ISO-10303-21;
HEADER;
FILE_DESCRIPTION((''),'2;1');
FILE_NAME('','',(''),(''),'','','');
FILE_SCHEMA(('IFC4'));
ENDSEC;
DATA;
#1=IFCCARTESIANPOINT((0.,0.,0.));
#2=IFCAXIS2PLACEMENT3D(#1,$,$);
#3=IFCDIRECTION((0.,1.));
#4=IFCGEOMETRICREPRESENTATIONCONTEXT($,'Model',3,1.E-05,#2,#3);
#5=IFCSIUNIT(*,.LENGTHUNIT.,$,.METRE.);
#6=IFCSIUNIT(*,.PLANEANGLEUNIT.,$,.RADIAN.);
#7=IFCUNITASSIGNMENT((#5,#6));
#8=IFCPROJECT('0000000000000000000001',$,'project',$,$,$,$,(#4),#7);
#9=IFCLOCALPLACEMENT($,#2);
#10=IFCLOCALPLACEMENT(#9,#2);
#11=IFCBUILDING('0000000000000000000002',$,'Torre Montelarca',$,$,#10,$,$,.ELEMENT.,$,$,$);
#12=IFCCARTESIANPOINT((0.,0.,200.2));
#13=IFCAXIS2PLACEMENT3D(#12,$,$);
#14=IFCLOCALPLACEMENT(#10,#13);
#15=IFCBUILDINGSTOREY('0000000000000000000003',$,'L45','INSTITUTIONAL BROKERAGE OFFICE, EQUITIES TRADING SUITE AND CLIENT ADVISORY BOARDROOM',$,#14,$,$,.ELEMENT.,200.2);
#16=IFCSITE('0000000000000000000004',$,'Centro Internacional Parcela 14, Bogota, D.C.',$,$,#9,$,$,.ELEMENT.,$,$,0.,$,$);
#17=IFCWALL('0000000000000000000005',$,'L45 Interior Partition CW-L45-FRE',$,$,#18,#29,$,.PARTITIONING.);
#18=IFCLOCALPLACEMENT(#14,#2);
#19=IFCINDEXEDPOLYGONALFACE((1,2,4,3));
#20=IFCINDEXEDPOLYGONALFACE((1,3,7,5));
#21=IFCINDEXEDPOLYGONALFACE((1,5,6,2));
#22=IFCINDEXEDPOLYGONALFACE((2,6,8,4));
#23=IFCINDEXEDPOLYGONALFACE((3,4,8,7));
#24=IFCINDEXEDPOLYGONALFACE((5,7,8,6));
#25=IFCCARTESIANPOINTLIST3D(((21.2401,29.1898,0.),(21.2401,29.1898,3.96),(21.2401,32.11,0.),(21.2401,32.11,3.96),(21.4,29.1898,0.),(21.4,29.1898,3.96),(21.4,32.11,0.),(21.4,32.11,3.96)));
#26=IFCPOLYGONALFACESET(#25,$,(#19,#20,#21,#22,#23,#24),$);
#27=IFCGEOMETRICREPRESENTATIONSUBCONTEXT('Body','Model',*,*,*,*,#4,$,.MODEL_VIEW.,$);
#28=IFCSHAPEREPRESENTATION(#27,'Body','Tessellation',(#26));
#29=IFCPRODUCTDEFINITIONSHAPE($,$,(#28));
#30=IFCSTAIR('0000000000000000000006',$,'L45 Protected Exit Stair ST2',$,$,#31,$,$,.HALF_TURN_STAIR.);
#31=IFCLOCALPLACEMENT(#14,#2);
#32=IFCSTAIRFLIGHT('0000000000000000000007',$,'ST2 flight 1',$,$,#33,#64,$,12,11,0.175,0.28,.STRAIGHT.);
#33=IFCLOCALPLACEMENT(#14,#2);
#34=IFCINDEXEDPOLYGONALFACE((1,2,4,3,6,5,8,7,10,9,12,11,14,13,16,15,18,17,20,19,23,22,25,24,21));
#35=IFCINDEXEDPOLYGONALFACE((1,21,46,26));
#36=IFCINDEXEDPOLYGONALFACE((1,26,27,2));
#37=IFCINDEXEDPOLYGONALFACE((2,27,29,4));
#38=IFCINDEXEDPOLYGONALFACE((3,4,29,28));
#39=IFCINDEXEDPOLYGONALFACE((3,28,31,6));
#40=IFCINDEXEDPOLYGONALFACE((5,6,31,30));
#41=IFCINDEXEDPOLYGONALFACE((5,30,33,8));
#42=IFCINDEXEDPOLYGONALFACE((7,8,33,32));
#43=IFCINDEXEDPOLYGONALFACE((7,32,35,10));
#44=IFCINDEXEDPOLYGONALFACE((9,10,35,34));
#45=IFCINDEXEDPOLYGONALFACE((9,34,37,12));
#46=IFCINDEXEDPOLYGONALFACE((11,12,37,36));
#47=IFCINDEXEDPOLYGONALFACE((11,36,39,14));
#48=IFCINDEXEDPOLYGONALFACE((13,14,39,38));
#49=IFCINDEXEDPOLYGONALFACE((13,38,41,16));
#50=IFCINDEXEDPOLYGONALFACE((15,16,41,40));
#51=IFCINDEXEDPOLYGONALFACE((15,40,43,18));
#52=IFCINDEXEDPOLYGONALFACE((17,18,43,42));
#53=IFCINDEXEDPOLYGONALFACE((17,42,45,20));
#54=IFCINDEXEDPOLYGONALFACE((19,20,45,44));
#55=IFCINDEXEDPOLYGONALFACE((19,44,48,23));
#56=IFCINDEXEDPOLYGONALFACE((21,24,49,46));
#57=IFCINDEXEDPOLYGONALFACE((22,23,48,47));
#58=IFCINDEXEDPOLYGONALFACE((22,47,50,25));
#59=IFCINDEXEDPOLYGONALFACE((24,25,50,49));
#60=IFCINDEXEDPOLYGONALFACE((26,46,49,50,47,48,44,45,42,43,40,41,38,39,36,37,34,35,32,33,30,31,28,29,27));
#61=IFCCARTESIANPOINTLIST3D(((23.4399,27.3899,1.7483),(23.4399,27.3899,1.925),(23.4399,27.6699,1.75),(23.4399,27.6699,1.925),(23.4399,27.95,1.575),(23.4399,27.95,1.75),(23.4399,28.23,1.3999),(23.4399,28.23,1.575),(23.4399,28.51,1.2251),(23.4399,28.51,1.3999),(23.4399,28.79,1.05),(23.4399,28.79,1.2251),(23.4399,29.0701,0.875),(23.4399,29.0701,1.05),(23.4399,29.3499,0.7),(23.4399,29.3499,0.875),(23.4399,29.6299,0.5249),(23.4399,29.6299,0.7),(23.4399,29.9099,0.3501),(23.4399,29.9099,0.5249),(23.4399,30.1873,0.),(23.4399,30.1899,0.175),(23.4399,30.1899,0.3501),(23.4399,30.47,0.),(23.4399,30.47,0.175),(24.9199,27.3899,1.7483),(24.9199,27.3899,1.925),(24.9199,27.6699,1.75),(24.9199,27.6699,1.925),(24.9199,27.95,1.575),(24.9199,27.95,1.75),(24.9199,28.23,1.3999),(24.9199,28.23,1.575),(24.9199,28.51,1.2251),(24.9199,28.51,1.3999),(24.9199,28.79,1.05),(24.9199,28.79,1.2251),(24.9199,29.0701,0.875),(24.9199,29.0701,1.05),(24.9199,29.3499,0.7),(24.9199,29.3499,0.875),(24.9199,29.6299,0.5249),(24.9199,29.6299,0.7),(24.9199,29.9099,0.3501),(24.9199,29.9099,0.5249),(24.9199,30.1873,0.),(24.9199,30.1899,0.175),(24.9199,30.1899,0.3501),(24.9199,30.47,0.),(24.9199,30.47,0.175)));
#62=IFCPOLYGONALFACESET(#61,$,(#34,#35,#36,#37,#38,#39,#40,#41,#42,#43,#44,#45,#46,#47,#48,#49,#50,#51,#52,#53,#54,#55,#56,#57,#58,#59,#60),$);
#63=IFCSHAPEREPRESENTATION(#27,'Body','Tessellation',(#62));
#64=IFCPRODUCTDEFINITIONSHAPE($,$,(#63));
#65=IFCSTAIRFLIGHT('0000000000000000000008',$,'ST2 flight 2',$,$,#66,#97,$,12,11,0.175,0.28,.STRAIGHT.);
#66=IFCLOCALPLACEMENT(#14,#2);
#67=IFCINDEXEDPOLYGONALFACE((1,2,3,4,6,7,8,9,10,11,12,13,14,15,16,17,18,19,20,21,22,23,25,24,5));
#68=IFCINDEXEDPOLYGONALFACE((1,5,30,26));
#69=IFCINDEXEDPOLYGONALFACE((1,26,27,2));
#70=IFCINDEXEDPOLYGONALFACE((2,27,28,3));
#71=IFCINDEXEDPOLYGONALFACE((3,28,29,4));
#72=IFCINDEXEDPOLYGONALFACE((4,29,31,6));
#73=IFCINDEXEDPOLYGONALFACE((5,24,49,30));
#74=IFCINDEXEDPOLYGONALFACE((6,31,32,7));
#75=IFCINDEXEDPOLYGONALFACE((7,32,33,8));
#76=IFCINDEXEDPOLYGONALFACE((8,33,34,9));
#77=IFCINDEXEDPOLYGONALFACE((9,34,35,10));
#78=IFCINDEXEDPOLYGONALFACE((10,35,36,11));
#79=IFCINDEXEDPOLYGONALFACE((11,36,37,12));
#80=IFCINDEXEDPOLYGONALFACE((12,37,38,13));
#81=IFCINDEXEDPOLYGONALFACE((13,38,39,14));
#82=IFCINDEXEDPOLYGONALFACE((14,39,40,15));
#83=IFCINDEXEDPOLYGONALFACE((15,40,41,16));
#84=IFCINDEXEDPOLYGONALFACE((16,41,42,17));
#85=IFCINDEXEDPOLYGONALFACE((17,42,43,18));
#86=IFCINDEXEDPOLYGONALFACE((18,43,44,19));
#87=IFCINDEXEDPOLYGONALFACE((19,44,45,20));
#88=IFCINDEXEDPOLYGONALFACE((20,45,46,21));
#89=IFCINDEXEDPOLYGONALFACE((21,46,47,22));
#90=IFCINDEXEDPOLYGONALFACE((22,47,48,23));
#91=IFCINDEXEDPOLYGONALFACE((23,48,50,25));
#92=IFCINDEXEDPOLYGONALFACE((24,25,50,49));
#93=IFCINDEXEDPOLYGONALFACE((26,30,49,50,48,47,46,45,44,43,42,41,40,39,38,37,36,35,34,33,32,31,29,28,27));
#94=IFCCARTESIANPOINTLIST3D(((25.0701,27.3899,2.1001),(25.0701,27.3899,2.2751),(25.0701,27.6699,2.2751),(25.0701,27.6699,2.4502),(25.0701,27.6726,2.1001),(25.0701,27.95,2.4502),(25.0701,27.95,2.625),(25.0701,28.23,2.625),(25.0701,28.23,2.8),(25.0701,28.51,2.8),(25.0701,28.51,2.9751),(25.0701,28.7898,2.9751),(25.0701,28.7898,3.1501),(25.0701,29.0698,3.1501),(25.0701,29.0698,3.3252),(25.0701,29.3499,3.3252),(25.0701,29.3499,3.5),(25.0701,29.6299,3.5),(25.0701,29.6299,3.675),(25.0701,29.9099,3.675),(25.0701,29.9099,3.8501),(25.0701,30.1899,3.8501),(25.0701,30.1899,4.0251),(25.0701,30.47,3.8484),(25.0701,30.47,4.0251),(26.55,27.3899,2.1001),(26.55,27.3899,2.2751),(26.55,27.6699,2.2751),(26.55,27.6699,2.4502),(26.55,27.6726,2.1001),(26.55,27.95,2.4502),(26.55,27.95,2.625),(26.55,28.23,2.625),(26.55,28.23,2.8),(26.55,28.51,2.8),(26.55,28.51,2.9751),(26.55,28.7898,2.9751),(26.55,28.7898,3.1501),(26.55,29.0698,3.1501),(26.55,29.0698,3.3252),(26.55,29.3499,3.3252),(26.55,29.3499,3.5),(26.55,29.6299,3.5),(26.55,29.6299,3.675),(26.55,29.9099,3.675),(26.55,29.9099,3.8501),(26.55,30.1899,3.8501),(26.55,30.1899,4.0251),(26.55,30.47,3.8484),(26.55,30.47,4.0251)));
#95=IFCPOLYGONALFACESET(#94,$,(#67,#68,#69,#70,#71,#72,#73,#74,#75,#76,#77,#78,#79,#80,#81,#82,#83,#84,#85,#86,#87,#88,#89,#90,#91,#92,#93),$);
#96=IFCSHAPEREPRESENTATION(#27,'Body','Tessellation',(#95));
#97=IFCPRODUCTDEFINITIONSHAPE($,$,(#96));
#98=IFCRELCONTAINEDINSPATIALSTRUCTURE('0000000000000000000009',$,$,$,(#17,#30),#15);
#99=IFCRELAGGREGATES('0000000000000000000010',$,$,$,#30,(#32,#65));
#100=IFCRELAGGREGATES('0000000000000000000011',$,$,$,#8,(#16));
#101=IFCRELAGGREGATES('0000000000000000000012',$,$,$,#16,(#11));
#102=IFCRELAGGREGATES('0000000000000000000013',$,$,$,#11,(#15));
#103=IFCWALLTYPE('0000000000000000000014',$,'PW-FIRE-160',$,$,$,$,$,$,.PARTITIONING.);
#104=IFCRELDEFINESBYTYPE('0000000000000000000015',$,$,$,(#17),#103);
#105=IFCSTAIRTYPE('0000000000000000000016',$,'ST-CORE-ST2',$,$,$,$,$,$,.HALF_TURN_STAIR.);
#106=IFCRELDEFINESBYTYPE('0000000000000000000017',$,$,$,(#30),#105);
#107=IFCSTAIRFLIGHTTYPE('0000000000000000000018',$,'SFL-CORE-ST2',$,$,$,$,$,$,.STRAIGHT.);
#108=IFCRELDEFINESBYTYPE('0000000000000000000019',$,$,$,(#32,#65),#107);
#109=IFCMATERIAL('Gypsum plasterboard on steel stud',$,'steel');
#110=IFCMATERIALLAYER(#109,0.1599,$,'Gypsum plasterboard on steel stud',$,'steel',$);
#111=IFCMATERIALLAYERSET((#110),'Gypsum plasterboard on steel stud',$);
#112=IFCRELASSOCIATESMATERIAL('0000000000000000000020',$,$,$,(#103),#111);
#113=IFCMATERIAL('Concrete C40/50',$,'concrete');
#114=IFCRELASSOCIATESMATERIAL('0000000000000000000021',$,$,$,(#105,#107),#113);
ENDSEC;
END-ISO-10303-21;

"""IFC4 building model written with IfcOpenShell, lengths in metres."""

from ifc_helpers import new_model, si_unit, direction, frame, frame_2d, origin, place, context, subcontext, project, spatial, polyline, rectangle, outline, extrude, material, layer, layer_set, type_object, element, aggregate, save


model = new_model("IFC4")

# Units and contexts
model_context = context("Model", 3, precision=1e-05, world=origin(), true_north=direction((0.0, 1.0)))
body_context = subcontext(model_context, "Body", "Model", "MODEL_VIEW")
ifc_project = project(units=[si_unit("LENGTHUNIT", "METRE"), si_unit("PLANEANGLEUNIT", "RADIAN")], contexts=[model_context])

# Site, building, storey
site_placement = place(None, origin())
site = spatial("IfcSite", under=ifc_project, at=site_placement, Name="Centro Internacional Parcela 14, Bogota, D.C.", CompositionType="ELEMENT", RefElevation=0.0)
building_placement = place(site_placement, origin())
building = spatial("IfcBuilding", under=site, at=building_placement, Name="Torre Montelarca", CompositionType="ELEMENT")
storey_placement = place(building_placement, frame((0.0, 0.0, 200.2)))
storey = spatial("IfcBuildingStorey", under=building, at=storey_placement, Name="L45", Description="INSTITUTIONAL BROKERAGE OFFICE, EQUITIES TRADING SUITE AND CLIENT ADVISORY BOARDROOM", CompositionType="ELEMENT", Elevation=200.2)

# Shared definitions
ifc_material_1 = material(Name="Concrete C40/50", Category="concrete")

# Wall
ifc_material_2 = material(Name="Gypsum plasterboard on steel stud", Category="steel")
ifc_layer_1 = layer(ifc_material_2, 0.1599, Name="Gypsum plasterboard on steel stud", Category="steel")
ifc_layer_set_1 = layer_set([ifc_layer_1], Name="Gypsum plasterboard on steel stud")
wall_type_1 = type_object("IfcWallType", Name="PW-FIRE-160", PredefinedType="PARTITIONING", material=ifc_layer_set_1)
wall_1_placement = place(storey_placement, frame((21.3201, 29.1899, 0.0), z_axis=(0.0, 0.0, 1.0), x_axis=(0.0, 1.0, 0.0)))
element("IfcWall", 1, at=wall_1_placement, inside=storey, type_object=wall_type_1, Name="L45 Interior Partition CW-L45-FRE", PredefinedType="PARTITIONING", context=body_context, shape_type="SweptSolid", body=[
    extrude(rectangle(XDim=2.9202, YDim=0.1599, at=frame_2d((1.46, 0.0))), origin(), (0.0, 0.0, 1.0), 3.96),
])

# Stair, stair flights
stair_type = type_object("IfcStairType", Name="ST-CORE-ST2", PredefinedType="HALF_TURN_STAIR", material=ifc_material_1)
stair_placement = place(storey_placement, origin())
stair = element("IfcStair", 2, at=stair_placement, inside=storey, type_object=stair_type, Name="L45 Protected Exit Stair ST2", PredefinedType="HALF_TURN_STAIR")
stair_flight_type = type_object("IfcStairFlightType", Name="SFL-CORE-ST2", PredefinedType="STRAIGHT", material=ifc_material_1)
stair_flight_1_placement = place(storey_placement, frame((24.1799, 30.47, 0.0), z_axis=(0.0, 0.0, 1.0), x_axis=(0.0, -1.0, 0.0)))
stair_flight_1 = element("IfcStairFlight", 3, at=stair_flight_1_placement, type_object=stair_flight_type, Name="ST2 flight 1", NumberOfRisers=12, NumberOfTreads=11, PredefinedType="STRAIGHT", RiserHeight=0.175, TreadLength=0.28, context=body_context, shape_type="SweptSolid", body=[
    extrude(outline(polyline([(0.0, 0.0), (0.0, 0.175), (0.28, 0.175), (0.28, 0.3501), (0.5601, 0.3501), (0.5601, 0.5249), (0.8401, 0.5249), (0.8401, 0.7), (1.1201, 0.7), (1.1201, 0.875), (1.3999, 0.875), (1.3999, 1.05), (1.6799, 1.05), (1.6799, 1.2251), (1.96, 1.2251), (1.96, 1.3999), (2.24, 1.3999), (2.24, 1.575), (2.52, 1.575), (2.52, 1.75), (2.8, 1.75), (2.8, 1.925), (3.0801, 1.925), (3.0801, 2.1001), (3.0801, 1.7483), (0.2827, 0.0), (0.0, 0.0)])), frame((0.0, 0.74, 0.0), z_axis=(0.0, -1.0, 0.0), x_axis=(1.0, 0.0, 0.0)), (0.0, 0.0, 1.0), 1.48),
])
stair_flight_2_placement = place(storey_placement, frame((25.8101, 27.3899, 2.1001), z_axis=(0.0, 0.0, 1.0), x_axis=(0.0, 1.0, 0.0)))
stair_flight_2 = element("IfcStairFlight", 4, at=stair_flight_2_placement, type_object=stair_flight_type, Name="ST2 flight 2", NumberOfRisers=12, NumberOfTreads=11, PredefinedType="STRAIGHT", RiserHeight=0.175, TreadLength=0.28, context=body_context, shape_type="SweptSolid", body=[
    extrude(outline(polyline([(0.0, 0.0), (0.0, 0.175), (0.28, 0.175), (0.28, 0.3501), (0.5601, 0.3501), (0.5601, 0.5249), (0.8401, 0.5249), (0.8401, 0.7), (1.1201, 0.7), (1.1201, 0.875), (1.3999, 0.875), (1.3999, 1.05), (1.6799, 1.05), (1.6799, 1.2251), (1.96, 1.2251), (1.96, 1.3999), (2.24, 1.3999), (2.24, 1.575), (2.52, 1.575), (2.52, 1.75), (2.8, 1.75), (2.8, 1.925), (3.0801, 1.925), (3.0801, 2.1001), (3.0801, 1.7483), (0.2827, 0.0), (0.0, 0.0)])), frame((0.0, 0.74, 0.0), z_axis=(0.0, -1.0, 0.0), x_axis=(1.0, 0.0, 0.0)), (0.0, 0.0, 1.0), 1.48),
])
aggregate(stair, [stair_flight_1, stair_flight_2])

save(model, "model.ifc")
